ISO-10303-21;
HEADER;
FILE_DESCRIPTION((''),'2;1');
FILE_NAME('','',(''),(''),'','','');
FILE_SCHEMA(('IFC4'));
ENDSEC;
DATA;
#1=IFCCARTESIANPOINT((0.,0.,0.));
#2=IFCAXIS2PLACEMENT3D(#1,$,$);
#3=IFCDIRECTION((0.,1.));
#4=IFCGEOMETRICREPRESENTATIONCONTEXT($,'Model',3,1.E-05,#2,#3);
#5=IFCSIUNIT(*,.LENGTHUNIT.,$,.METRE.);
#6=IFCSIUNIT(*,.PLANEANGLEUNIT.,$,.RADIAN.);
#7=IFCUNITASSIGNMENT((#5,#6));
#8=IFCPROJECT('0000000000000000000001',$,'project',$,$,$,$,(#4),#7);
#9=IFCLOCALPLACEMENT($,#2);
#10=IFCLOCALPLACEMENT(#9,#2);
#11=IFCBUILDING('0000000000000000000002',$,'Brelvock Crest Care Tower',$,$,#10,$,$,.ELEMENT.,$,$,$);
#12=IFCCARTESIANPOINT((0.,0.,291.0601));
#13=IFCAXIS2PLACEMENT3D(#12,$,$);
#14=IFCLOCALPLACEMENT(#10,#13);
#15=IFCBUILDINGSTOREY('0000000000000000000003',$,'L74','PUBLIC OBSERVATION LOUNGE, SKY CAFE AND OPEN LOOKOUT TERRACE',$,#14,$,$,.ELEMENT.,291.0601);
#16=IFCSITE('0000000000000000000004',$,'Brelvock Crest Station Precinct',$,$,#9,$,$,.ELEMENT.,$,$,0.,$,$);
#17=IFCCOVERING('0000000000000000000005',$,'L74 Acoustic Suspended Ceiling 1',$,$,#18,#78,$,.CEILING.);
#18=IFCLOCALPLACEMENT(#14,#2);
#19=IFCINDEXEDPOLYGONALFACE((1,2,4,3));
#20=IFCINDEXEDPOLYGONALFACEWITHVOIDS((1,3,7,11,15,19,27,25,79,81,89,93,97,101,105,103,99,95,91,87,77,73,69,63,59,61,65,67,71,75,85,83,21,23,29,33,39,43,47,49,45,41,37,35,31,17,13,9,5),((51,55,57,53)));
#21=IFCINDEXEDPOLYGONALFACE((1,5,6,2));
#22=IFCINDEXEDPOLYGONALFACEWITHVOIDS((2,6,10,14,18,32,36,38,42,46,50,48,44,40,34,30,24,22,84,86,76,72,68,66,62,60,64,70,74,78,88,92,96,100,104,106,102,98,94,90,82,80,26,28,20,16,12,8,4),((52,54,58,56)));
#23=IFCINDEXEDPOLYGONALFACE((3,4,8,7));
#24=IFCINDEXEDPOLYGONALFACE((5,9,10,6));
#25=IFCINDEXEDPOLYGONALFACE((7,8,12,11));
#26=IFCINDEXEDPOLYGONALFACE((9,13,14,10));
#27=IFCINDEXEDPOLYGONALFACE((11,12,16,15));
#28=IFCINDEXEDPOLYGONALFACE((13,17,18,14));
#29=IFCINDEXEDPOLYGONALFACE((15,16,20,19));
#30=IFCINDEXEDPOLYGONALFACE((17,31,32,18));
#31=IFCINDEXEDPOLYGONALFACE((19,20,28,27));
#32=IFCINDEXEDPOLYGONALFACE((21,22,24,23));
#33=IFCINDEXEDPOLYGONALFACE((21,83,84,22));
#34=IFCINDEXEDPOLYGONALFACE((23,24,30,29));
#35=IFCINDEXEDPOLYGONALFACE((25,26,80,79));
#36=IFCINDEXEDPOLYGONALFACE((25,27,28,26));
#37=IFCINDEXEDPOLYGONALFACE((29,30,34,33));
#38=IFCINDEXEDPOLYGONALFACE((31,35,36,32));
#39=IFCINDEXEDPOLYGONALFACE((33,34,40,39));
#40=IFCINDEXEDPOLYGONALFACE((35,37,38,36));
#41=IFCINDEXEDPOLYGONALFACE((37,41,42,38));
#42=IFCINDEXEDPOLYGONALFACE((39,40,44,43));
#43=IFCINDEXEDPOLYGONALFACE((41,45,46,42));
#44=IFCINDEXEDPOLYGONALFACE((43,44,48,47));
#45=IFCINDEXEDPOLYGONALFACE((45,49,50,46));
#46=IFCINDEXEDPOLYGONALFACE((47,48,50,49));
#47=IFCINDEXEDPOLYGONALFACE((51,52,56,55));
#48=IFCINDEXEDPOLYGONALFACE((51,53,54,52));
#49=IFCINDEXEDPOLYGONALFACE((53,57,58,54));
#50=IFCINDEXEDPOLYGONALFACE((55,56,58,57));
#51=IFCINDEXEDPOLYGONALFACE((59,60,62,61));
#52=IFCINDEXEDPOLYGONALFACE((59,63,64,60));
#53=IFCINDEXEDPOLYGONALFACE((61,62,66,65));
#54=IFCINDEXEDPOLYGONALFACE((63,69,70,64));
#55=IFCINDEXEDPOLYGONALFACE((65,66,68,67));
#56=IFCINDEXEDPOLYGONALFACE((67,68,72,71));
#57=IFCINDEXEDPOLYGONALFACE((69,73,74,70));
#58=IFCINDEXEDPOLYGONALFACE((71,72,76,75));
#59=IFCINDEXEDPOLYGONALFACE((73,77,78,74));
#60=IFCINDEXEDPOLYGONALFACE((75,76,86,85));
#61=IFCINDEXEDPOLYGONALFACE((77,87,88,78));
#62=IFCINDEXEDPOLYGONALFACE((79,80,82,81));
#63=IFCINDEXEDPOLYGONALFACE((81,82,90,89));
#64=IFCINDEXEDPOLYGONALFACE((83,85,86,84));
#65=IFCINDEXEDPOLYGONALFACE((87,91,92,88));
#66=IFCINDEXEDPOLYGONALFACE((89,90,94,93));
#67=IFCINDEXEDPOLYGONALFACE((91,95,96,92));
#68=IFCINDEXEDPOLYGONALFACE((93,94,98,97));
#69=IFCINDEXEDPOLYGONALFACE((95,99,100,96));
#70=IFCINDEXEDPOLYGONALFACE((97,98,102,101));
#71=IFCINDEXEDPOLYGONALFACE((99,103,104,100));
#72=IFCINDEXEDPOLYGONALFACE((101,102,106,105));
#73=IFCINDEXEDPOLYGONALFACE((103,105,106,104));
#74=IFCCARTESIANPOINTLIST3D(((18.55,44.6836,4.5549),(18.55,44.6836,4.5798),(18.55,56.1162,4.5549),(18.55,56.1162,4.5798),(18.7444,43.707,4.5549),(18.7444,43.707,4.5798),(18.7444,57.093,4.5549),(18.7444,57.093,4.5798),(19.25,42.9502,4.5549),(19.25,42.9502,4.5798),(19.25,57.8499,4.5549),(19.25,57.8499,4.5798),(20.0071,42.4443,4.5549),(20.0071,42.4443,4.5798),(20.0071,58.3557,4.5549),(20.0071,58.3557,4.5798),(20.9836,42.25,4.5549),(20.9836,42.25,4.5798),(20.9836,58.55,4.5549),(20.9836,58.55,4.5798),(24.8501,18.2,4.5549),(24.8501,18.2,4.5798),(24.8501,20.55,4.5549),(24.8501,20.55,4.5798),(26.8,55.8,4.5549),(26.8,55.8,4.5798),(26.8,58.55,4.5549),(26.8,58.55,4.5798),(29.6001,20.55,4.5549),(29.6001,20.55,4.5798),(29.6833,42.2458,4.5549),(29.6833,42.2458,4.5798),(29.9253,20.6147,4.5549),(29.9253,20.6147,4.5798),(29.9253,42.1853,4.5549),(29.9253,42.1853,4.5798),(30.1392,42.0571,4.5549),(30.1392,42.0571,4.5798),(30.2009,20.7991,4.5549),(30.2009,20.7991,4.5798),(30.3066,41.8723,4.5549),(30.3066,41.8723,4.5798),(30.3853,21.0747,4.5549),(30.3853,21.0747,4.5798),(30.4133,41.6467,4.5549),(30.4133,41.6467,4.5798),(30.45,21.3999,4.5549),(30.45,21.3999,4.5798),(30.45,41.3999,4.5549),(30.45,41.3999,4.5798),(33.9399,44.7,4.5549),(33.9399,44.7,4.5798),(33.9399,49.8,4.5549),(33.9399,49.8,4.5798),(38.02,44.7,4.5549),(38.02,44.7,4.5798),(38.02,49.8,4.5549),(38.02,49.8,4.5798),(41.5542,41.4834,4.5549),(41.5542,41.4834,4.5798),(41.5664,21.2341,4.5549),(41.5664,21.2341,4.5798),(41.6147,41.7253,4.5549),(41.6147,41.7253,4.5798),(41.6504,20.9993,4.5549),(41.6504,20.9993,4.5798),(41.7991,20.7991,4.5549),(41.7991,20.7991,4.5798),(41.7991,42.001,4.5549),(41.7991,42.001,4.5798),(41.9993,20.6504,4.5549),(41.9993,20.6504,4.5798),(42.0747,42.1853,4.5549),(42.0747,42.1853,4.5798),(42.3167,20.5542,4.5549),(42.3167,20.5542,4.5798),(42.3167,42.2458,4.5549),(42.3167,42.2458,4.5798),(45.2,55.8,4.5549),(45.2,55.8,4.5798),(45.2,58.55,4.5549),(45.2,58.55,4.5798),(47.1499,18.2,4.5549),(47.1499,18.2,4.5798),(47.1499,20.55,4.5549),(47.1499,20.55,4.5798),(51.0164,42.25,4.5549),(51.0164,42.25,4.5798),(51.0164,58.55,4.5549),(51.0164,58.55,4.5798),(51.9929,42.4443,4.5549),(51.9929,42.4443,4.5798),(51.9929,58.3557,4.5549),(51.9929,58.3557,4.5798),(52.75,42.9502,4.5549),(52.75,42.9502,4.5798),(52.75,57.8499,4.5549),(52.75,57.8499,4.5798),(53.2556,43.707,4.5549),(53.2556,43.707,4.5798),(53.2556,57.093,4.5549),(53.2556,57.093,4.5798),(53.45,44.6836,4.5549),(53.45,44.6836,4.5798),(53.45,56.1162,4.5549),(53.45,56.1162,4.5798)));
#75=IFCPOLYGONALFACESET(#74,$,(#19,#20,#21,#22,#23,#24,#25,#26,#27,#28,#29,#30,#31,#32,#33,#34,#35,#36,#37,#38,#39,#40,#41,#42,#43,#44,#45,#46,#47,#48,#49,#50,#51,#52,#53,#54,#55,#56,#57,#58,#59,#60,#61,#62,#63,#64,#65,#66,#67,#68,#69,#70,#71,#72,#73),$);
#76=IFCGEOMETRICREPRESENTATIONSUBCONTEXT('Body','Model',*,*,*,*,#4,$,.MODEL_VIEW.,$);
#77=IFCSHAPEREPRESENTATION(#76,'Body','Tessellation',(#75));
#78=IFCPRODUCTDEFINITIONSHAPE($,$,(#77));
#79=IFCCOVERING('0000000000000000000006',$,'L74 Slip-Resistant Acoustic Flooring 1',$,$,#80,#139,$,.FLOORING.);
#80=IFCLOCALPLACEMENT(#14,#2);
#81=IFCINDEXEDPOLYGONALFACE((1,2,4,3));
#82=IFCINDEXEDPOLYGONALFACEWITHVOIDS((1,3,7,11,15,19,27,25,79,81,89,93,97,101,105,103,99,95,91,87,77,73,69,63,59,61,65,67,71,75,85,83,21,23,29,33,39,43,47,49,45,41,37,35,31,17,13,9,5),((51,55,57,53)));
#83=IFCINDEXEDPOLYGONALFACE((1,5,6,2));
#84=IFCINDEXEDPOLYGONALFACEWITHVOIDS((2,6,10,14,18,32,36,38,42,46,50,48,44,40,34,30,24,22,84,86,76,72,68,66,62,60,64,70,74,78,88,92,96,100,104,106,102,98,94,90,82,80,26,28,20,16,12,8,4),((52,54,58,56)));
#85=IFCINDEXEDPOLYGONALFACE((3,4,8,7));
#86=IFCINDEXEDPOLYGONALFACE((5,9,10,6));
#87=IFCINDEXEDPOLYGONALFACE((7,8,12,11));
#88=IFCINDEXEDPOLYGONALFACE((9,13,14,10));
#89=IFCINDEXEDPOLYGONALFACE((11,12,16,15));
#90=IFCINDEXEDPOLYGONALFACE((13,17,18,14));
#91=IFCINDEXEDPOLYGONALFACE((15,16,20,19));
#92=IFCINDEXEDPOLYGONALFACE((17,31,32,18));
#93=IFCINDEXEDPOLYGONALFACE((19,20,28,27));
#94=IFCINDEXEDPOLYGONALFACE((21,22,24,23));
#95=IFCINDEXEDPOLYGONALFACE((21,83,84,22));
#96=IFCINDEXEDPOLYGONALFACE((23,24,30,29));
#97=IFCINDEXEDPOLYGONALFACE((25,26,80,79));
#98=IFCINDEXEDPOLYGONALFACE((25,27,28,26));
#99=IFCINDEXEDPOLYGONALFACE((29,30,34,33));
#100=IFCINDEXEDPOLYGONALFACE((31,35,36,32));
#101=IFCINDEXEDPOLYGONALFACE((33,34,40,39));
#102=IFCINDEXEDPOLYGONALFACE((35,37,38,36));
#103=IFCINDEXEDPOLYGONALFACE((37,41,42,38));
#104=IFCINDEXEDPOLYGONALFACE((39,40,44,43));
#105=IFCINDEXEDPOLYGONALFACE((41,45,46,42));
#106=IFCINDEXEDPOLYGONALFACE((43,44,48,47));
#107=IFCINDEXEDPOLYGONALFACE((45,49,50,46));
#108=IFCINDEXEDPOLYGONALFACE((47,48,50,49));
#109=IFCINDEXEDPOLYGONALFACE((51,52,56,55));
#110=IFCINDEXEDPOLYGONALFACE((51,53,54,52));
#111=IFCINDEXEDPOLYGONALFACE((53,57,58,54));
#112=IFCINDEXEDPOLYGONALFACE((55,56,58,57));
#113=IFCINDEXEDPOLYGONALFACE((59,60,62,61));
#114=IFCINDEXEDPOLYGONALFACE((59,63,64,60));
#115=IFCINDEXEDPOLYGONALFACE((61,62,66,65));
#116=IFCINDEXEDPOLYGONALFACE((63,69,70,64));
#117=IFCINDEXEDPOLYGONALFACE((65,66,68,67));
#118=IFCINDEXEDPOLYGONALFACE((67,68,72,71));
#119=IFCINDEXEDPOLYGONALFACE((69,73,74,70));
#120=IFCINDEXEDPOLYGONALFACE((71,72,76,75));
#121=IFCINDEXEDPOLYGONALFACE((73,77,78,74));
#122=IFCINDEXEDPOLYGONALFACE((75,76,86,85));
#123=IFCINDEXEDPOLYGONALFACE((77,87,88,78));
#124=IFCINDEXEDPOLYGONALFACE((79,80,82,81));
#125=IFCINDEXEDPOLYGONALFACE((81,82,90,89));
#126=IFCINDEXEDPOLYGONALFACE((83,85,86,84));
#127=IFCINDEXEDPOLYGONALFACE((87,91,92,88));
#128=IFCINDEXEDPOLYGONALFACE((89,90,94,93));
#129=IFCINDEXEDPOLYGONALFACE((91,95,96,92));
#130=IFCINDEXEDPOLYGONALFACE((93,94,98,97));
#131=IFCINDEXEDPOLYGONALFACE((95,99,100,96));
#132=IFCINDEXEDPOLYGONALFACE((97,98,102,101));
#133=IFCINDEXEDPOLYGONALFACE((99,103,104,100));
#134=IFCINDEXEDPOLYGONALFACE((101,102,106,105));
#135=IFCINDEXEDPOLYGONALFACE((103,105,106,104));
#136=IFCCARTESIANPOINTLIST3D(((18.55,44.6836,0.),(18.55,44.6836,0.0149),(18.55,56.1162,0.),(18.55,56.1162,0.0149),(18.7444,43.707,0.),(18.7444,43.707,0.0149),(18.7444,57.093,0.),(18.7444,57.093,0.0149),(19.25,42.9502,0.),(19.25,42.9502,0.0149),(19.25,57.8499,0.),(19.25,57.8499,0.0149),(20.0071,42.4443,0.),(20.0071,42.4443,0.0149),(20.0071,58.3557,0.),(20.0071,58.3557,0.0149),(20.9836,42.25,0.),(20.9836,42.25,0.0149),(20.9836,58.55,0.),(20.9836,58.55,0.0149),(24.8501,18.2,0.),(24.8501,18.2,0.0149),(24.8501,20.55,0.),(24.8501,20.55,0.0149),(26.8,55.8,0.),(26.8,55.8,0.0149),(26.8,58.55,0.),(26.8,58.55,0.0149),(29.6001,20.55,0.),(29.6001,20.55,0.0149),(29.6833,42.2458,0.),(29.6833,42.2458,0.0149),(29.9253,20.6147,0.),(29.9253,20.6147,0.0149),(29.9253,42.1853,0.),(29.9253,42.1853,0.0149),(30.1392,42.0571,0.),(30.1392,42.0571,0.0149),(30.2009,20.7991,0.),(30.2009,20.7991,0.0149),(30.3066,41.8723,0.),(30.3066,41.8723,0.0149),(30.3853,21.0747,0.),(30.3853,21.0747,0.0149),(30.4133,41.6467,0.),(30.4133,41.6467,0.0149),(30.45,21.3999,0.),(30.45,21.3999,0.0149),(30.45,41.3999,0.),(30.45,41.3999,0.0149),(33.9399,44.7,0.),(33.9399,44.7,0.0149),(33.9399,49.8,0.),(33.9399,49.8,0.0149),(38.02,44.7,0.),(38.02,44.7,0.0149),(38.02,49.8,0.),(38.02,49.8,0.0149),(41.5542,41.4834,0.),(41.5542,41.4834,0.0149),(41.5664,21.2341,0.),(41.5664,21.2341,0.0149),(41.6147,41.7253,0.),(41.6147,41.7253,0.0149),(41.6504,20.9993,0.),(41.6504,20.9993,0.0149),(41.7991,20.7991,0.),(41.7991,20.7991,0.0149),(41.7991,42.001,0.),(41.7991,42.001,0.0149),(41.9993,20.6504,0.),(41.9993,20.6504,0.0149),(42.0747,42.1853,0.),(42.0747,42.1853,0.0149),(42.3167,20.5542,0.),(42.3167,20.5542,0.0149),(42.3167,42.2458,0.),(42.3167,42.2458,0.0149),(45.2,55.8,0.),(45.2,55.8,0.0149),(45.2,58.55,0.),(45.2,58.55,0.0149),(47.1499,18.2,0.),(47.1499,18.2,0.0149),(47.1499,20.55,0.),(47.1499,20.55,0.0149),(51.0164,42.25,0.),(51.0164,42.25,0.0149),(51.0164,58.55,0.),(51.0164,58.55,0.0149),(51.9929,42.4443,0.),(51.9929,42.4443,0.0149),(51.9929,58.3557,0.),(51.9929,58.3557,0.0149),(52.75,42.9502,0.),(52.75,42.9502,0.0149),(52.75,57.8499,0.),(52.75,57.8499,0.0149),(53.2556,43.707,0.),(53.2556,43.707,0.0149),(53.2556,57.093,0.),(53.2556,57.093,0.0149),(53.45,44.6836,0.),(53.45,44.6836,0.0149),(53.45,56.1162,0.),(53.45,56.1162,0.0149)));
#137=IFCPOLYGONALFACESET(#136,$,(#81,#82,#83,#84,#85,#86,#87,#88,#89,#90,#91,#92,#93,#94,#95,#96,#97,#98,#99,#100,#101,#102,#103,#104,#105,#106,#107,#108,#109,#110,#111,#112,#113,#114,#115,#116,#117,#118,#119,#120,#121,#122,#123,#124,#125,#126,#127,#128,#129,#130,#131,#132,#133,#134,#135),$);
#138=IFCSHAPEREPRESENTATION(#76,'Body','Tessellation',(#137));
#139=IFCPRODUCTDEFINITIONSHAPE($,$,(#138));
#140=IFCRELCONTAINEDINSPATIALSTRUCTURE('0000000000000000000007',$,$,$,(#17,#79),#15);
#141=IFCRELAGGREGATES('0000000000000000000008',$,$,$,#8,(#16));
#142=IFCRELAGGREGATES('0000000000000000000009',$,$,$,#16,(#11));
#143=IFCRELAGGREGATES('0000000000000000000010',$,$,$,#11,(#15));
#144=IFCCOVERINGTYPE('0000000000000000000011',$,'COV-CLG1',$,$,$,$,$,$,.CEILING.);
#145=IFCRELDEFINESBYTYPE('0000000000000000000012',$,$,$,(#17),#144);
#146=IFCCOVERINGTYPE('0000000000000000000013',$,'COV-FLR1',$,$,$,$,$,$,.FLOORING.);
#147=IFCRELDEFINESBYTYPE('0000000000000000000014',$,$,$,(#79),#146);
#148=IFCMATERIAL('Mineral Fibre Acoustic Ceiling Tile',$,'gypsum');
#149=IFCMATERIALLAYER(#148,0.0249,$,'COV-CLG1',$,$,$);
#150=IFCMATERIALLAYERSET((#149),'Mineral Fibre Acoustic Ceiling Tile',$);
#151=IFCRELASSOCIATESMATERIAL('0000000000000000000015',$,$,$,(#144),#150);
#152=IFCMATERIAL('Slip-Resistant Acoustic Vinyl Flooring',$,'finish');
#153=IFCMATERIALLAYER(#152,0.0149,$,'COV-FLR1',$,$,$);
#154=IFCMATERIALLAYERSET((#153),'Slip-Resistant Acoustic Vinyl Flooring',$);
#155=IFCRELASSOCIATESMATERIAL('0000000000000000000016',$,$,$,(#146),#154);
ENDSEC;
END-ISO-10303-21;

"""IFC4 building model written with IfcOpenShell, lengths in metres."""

from ifc_helpers import new_model, si_unit, direction, frame, origin, place, context, subcontext, project, spatial, polyline, outline, extrude, material, layer, layer_set, type_object, element, save


model = new_model("IFC4")

# Units and contexts
model_context = context("Model", 3, precision=1e-05, world=origin(), true_north=direction((0.0, 1.0)))
body_context = subcontext(model_context, "Body", "Model", "MODEL_VIEW")
ifc_project = project(units=[si_unit("LENGTHUNIT", "METRE"), si_unit("PLANEANGLEUNIT", "RADIAN")], contexts=[model_context])

# Site, building, storey
site_placement = place(None, origin())
site = spatial("IfcSite", under=ifc_project, at=site_placement, Name="Brelvock Crest Station Precinct", CompositionType="ELEMENT", RefElevation=0.0)
building_placement = place(site_placement, origin())
building = spatial("IfcBuilding", under=site, at=building_placement, Name="Brelvock Crest Care Tower", CompositionType="ELEMENT")
storey_placement = place(building_placement, frame((0.0, 0.0, 291.0601)))
storey = spatial("IfcBuildingStorey", under=building, at=storey_placement, Name="L74", Description="PUBLIC OBSERVATION LOUNGE, SKY CAFE AND OPEN LOOKOUT TERRACE", CompositionType="ELEMENT", Elevation=291.0601)

# Coverings
ifc_material_1 = material(Name="Mineral Fibre Acoustic Ceiling Tile", Category="gypsum")
ifc_layer_1 = layer(ifc_material_1, 0.0249, Name="COV-CLG1")
ifc_layer_set_1 = layer_set([ifc_layer_1], Name="Mineral Fibre Acoustic Ceiling Tile")
covering_type_1 = type_object("IfcCoveringType", Name="COV-CLG1", PredefinedType="CEILING", material=ifc_layer_set_1)
covering_1_placement = place(storey_placement, frame((0.0, 0.0, 4.5549)))
element("IfcCovering", 1, at=covering_1_placement, inside=storey, type_object=covering_type_1, Name="L74 Acoustic Suspended Ceiling 1", PredefinedType="CEILING", context=body_context, shape_type="SweptSolid", body=[
    extrude(outline(polyline([(24.8501, 20.55), (24.8501, 18.2), (47.1499, 18.2), (47.1499, 20.55), (42.3167, 20.5542), (41.9993, 20.6504), (41.7991, 20.7991), (41.6504, 20.9993), (41.5664, 21.2341), (41.5542, 41.4834), (41.6147, 41.7253), (41.7991, 42.001), (42.0747, 42.1853), (42.3167, 42.2458), (51.0164, 42.25), (51.9929, 42.4443), (52.75, 42.9502), (53.2556, 43.707), (53.45, 44.6836), (53.45, 56.1162), (53.2556, 57.093), (52.75, 57.8499), (51.9929, 58.3557), (51.0164, 58.55), (45.2, 58.55), (45.2, 55.8), (26.8, 55.8), (26.8, 58.55), (20.9836, 58.55), (20.0071, 58.3557), (19.25, 57.8499), (18.7444, 57.093), (18.55, 56.1162), (18.55, 44.6836), (18.7444, 43.707), (19.25, 42.9502), (20.0071, 42.4443), (20.9836, 42.25), (29.6833, 42.2458), (29.9253, 42.1853), (30.1392, 42.0571), (30.3066, 41.8723), (30.4133, 41.6467), (30.45, 41.3999), (30.45, 21.3999), (30.3853, 21.0747), (30.2009, 20.7991), (29.9253, 20.6147), (29.6001, 20.55), (24.8501, 20.55)]), holes=[polyline([(38.02, 44.7), (38.02, 49.8), (33.9399, 49.8), (33.9399, 44.7), (38.02, 44.7)])]), origin(), (0.0, 0.0, 1.0), 0.0249),
])
ifc_material_2 = material(Name="Slip-Resistant Acoustic Vinyl Flooring", Category="finish")
ifc_layer_2 = layer(ifc_material_2, 0.0149, Name="COV-FLR1")
ifc_layer_set_2 = layer_set([ifc_layer_2], Name="Slip-Resistant Acoustic Vinyl Flooring")
covering_type_2 = type_object("IfcCoveringType", Name="COV-FLR1", PredefinedType="FLOORING", material=ifc_layer_set_2)
covering_2_placement = place(storey_placement, origin())
element("IfcCovering", 2, at=covering_2_placement, inside=storey, type_object=covering_type_2, Name="L74 Slip-Resistant Acoustic Flooring 1", PredefinedType="FLOORING", context=body_context, shape_type="SweptSolid", body=[
    extrude(outline(polyline([(24.8501, 20.55), (24.8501, 18.2), (47.1499, 18.2), (47.1499, 20.55), (42.3167, 20.5542), (41.9993, 20.6504), (41.7991, 20.7991), (41.6504, 20.9993), (41.5664, 21.2341), (41.5542, 41.4834), (41.6147, 41.7253), (41.7991, 42.001), (42.0747, 42.1853), (42.3167, 42.2458), (51.0164, 42.25), (51.9929, 42.4443), (52.75, 42.9502), (53.2556, 43.707), (53.45, 44.6836), (53.45, 56.1162), (53.2556, 57.093), (52.75, 57.8499), (51.9929, 58.3557), (51.0164, 58.55), (45.2, 58.55), (45.2, 55.8), (26.8, 55.8), (26.8, 58.55), (20.9836, 58.55), (20.0071, 58.3557), (19.25, 57.8499), (18.7444, 57.093), (18.55, 56.1162), (18.55, 44.6836), (18.7444, 43.707), (19.25, 42.9502), (20.0071, 42.4443), (20.9836, 42.25), (29.6833, 42.2458), (29.9253, 42.1853), (30.1392, 42.0571), (30.3066, 41.8723), (30.4133, 41.6467), (30.45, 41.3999), (30.45, 21.3999), (30.3853, 21.0747), (30.2009, 20.7991), (29.9253, 20.6147), (29.6001, 20.55), (24.8501, 20.55)]), holes=[polyline([(38.02, 44.7), (38.02, 49.8), (33.9399, 49.8), (33.9399, 44.7), (38.02, 44.7)])]), origin(), (0.0, 0.0, 1.0), 0.0149),
])

save(model, "model.ifc")
